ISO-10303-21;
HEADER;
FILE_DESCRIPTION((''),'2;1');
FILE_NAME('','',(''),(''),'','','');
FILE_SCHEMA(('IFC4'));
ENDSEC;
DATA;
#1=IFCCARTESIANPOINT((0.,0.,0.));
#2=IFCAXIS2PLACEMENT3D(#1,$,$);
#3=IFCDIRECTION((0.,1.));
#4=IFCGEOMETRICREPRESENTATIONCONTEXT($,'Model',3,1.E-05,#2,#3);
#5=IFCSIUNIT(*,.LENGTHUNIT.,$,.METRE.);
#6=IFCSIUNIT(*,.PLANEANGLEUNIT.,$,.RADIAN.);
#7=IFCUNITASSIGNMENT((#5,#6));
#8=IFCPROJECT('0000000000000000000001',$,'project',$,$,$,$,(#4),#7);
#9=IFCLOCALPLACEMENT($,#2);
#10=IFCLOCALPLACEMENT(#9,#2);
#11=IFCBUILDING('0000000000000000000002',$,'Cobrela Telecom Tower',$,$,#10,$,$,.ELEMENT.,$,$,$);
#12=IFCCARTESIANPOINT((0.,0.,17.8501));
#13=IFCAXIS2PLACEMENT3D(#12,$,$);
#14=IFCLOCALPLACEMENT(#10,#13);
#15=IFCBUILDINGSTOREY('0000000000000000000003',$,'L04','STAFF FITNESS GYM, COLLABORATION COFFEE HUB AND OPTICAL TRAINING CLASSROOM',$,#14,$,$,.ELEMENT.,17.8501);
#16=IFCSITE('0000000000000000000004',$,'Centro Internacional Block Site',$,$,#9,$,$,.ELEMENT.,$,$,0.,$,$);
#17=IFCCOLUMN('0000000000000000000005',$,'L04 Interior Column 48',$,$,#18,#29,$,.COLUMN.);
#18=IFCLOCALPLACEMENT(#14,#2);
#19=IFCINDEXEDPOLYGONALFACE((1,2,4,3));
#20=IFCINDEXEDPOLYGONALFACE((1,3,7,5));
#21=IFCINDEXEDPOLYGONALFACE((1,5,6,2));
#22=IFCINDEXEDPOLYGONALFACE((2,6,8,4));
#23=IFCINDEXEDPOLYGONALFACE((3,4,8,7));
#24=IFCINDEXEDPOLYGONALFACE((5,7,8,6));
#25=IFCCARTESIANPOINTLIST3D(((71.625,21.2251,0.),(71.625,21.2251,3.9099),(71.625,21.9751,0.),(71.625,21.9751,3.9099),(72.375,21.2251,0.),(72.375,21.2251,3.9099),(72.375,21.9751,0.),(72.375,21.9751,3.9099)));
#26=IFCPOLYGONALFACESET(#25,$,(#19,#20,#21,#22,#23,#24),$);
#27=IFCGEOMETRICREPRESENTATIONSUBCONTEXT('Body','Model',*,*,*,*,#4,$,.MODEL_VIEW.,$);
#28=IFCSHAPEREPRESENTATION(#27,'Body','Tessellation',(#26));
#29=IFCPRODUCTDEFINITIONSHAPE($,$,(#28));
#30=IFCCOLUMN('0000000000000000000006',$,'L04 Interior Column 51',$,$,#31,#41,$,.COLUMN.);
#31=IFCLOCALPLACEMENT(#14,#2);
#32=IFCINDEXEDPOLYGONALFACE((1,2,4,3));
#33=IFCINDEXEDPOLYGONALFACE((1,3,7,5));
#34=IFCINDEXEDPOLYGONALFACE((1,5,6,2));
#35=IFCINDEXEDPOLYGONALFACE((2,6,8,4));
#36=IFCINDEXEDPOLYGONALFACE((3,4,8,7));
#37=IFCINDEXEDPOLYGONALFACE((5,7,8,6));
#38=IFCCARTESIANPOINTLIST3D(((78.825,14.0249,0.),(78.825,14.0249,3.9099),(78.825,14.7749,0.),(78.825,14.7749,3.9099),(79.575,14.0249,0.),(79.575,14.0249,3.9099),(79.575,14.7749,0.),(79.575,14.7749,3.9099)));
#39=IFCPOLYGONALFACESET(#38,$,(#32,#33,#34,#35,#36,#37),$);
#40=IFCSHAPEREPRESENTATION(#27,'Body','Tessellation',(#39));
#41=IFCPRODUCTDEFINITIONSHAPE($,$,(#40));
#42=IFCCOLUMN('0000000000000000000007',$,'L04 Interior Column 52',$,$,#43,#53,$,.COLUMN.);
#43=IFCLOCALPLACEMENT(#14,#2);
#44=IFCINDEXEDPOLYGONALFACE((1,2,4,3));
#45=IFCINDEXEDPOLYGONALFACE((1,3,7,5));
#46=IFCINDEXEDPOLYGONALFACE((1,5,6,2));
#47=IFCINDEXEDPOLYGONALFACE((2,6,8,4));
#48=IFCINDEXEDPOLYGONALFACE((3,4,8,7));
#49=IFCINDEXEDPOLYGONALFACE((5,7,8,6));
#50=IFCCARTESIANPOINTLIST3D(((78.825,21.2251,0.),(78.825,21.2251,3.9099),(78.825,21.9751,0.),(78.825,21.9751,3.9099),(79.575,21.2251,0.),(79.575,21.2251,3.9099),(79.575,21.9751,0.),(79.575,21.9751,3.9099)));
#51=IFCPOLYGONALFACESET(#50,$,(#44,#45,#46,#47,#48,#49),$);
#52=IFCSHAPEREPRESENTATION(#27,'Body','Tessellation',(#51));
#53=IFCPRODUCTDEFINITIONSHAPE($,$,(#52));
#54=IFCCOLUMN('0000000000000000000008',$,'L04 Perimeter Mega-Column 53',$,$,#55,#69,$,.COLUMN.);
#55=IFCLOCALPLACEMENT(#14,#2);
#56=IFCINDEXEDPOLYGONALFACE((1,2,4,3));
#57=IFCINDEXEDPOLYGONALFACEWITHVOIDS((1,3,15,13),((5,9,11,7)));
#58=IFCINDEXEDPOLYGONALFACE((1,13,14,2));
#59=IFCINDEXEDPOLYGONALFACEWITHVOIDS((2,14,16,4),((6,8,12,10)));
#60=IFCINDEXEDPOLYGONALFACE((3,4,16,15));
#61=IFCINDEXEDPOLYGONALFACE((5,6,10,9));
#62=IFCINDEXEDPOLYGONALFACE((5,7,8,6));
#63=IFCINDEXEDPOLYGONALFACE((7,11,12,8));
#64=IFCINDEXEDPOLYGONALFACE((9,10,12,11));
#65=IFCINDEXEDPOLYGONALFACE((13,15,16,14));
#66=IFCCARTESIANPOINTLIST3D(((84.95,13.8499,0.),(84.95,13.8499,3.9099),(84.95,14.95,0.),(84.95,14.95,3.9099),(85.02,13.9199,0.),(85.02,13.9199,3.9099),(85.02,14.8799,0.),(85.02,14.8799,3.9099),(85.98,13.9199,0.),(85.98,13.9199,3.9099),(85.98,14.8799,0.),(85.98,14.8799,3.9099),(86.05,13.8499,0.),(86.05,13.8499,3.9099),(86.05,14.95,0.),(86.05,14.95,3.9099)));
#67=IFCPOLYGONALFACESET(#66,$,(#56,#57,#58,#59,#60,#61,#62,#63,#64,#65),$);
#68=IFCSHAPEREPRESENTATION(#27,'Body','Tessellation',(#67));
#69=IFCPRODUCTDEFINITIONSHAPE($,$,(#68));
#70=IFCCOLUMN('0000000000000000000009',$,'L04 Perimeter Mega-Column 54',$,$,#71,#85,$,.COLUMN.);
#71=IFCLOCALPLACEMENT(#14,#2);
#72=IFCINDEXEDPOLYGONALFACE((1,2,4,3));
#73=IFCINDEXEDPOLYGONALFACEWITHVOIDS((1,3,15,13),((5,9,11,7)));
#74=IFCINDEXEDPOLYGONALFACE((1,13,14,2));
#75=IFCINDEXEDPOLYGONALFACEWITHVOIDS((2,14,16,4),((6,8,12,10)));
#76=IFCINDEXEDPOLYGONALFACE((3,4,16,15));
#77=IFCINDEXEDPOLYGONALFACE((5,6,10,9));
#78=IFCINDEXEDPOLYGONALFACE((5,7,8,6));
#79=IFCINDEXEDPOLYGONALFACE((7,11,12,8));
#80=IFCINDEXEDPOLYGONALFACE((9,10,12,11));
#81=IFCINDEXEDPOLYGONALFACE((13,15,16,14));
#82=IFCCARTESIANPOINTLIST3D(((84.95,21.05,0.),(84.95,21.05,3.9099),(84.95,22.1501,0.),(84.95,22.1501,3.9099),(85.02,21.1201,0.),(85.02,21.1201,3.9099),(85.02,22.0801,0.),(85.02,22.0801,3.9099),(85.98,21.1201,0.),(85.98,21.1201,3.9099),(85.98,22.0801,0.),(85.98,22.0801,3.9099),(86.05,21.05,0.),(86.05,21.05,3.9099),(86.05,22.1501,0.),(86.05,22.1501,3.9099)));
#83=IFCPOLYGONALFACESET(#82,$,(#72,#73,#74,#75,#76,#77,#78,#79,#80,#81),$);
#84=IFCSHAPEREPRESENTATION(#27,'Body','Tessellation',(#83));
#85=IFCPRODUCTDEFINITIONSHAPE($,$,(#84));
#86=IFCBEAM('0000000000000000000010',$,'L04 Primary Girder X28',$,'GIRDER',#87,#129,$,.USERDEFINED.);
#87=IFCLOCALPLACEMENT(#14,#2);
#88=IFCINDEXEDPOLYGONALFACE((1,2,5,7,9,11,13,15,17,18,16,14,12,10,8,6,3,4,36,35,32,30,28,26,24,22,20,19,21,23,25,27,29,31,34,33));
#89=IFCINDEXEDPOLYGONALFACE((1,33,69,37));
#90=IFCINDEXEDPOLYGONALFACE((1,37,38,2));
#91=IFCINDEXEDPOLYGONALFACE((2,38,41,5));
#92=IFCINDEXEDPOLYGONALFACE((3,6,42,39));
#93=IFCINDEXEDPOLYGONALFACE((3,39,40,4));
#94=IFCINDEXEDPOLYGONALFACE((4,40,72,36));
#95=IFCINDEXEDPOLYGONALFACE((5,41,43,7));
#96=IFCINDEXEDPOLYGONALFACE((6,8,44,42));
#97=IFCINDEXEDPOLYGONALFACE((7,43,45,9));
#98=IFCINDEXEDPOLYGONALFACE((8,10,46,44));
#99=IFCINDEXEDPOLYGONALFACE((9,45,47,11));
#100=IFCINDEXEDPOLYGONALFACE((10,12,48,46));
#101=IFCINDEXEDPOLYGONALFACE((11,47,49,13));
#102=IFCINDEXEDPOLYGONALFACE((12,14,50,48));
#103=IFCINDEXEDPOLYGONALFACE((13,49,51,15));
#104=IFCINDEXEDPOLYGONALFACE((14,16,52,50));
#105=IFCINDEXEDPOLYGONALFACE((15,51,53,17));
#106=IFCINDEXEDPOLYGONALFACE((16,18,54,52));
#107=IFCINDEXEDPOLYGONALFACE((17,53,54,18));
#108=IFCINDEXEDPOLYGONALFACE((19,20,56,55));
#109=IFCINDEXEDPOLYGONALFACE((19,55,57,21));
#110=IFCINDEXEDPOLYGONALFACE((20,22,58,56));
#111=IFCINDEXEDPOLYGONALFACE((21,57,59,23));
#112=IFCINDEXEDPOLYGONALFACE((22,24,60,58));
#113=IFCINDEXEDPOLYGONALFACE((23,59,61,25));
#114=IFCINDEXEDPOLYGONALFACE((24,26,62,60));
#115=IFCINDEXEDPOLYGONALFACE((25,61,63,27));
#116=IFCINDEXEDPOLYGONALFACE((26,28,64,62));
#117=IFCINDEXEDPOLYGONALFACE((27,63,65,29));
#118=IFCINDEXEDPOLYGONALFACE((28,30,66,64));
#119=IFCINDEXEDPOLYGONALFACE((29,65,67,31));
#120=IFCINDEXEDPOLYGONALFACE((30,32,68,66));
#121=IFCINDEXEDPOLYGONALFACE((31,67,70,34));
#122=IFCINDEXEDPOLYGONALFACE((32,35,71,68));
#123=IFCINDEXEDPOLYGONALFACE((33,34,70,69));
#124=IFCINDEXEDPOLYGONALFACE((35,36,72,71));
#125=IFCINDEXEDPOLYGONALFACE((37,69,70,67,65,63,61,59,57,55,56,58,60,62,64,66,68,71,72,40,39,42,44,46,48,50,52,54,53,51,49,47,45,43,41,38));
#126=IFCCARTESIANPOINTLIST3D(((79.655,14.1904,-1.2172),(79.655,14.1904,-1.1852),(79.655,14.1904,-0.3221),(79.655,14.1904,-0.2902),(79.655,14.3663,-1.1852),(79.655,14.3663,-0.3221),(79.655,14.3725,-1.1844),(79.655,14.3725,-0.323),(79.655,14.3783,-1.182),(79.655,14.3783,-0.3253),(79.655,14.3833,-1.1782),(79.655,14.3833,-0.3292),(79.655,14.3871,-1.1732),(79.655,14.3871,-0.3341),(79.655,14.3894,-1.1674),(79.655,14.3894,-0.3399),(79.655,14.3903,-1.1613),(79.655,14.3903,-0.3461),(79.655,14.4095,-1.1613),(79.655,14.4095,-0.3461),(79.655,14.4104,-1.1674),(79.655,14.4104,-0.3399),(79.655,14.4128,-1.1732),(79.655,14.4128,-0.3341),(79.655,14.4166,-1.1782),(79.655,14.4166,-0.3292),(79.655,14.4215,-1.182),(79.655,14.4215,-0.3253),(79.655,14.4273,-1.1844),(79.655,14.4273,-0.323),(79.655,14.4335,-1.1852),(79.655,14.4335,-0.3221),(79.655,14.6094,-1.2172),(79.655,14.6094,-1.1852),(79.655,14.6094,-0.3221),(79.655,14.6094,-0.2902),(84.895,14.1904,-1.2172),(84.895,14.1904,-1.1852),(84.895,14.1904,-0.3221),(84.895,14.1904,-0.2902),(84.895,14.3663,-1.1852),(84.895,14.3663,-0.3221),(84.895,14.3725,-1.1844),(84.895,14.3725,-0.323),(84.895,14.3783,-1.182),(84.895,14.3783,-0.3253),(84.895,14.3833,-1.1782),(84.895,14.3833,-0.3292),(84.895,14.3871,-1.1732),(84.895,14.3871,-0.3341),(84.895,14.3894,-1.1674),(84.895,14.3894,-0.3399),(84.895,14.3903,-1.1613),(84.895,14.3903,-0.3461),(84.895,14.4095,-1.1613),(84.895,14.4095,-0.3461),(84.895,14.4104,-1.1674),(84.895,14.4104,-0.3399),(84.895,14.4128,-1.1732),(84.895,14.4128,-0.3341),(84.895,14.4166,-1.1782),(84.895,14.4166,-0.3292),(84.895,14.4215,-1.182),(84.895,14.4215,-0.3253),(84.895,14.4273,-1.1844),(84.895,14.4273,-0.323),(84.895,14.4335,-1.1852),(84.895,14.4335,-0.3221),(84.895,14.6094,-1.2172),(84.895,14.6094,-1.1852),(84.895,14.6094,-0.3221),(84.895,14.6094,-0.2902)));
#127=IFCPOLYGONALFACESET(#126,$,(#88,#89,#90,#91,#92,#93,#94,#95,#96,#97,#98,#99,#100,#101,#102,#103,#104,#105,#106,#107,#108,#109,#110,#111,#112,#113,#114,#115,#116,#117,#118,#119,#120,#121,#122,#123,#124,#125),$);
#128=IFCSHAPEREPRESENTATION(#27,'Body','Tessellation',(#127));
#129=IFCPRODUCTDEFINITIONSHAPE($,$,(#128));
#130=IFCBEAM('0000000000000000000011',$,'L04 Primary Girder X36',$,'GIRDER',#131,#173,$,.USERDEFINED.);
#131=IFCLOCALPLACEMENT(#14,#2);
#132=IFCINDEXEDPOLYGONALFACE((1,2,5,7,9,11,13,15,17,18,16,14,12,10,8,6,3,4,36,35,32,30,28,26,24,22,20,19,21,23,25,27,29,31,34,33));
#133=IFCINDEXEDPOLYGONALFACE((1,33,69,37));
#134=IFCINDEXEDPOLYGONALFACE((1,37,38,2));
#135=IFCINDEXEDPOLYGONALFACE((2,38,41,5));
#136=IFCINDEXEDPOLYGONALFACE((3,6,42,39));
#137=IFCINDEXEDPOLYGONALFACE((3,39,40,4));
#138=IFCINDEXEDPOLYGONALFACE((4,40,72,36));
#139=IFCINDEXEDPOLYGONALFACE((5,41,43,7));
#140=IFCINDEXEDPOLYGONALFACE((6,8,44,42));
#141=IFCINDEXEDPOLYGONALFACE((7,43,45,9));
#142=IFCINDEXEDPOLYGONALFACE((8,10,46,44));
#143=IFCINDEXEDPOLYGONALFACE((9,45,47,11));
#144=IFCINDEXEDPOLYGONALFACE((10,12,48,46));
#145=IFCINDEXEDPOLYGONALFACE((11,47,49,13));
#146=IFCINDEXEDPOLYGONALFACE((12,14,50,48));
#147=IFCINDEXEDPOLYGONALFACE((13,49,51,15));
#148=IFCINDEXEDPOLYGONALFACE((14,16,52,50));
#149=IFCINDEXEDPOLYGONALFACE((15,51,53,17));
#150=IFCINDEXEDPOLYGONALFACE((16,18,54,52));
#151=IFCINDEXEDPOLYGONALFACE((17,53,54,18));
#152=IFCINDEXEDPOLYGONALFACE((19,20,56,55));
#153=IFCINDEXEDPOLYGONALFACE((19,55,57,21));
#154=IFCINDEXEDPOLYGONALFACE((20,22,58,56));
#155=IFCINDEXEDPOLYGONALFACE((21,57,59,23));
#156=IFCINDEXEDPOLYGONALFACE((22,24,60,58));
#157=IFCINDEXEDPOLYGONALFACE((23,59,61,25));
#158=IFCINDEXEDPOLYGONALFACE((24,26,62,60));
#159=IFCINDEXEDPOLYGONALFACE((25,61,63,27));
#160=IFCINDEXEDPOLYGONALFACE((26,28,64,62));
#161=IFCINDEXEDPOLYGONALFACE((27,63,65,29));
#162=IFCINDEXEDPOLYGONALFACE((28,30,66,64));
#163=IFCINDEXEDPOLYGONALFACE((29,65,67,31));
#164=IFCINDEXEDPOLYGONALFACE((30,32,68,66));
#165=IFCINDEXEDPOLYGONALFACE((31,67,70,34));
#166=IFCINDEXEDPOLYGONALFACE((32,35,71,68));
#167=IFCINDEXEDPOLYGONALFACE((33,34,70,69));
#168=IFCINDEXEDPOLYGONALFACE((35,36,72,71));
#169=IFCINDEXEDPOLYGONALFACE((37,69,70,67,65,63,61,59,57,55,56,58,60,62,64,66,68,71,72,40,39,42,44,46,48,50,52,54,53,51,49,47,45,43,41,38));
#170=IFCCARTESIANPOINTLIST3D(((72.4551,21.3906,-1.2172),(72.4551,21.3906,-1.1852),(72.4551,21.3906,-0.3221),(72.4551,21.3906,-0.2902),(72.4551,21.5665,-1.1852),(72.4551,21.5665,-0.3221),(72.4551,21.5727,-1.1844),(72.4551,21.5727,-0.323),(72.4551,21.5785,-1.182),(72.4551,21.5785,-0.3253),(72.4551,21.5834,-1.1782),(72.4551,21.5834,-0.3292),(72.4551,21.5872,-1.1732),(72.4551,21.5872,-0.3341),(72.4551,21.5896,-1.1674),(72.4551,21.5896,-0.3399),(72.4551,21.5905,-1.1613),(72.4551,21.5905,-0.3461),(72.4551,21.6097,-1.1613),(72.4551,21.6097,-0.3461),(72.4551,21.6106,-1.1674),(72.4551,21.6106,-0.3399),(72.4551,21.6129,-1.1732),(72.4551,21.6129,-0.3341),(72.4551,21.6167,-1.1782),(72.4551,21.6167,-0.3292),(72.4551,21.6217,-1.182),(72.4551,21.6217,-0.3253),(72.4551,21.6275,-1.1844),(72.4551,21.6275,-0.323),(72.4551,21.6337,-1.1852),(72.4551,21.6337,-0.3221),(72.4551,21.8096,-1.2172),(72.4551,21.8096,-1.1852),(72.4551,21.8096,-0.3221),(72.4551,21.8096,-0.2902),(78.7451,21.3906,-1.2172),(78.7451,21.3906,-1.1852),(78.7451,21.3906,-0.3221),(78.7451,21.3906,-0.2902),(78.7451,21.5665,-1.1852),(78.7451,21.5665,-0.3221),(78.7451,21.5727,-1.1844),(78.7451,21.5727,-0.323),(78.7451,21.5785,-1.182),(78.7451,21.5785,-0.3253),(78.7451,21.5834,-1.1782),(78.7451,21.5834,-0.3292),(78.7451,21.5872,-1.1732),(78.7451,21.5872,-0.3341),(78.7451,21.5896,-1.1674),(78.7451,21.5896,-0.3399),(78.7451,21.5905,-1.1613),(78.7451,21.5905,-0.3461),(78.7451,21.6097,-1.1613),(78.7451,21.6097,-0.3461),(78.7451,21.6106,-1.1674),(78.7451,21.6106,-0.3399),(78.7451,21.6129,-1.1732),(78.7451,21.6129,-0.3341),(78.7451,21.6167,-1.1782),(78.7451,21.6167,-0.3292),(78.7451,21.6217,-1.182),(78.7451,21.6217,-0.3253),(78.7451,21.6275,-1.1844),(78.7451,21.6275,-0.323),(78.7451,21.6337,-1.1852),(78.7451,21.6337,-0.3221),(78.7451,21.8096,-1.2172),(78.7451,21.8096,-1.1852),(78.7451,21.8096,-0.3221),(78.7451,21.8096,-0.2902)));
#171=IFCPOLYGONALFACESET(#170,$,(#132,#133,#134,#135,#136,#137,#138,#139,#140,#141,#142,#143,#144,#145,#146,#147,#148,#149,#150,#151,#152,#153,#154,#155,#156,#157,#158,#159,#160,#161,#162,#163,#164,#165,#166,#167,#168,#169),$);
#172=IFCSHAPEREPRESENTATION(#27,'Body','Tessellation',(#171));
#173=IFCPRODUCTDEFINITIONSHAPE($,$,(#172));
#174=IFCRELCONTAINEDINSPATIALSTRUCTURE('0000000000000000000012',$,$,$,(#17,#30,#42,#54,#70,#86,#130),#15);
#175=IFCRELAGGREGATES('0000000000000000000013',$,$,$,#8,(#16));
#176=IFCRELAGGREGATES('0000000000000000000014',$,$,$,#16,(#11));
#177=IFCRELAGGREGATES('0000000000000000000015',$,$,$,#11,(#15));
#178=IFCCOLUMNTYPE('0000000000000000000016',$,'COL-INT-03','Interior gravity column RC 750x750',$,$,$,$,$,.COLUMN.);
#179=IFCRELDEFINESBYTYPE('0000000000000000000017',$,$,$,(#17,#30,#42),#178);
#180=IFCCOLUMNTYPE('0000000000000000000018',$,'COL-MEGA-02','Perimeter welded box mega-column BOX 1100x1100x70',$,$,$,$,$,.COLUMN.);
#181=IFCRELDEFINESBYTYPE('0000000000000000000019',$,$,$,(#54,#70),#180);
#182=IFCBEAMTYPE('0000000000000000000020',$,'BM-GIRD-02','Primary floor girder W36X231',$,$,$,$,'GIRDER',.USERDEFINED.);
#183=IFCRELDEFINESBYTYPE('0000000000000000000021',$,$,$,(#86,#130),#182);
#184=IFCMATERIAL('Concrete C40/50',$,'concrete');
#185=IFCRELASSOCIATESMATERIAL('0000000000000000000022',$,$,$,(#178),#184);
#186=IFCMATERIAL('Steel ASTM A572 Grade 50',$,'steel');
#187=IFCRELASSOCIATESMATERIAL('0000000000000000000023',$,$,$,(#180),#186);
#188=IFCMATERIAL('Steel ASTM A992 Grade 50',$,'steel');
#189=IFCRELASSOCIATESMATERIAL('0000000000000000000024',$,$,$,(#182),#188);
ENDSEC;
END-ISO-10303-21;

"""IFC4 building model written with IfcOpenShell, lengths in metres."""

from ifc_helpers import new_model, si_unit, direction, frame, origin, origin_2d, place, context, subcontext, project, spatial, rectangle, hollow_rectangle, i_section, extrude, material, material_profile, profile_set, type_object, element, save


model = new_model("IFC4")

# Units and contexts
model_context = context("Model", 3, precision=1e-05, world=origin(), true_north=direction((0.0, 1.0)))
body_context = subcontext(model_context, "Body", "Model", "MODEL_VIEW")
ifc_project = project(units=[si_unit("LENGTHUNIT", "METRE"), si_unit("PLANEANGLEUNIT", "RADIAN")], contexts=[model_context])

# Site, building, storey
site_placement = place(None, origin())
site = spatial("IfcSite", under=ifc_project, at=site_placement, Name="Centro Internacional Block Site", CompositionType="ELEMENT", RefElevation=0.0)
building_placement = place(site_placement, origin())
building = spatial("IfcBuilding", under=site, at=building_placement, Name="Cobrela Telecom Tower", CompositionType="ELEMENT")
storey_placement = place(building_placement, frame((0.0, 0.0, 17.8501)))
storey = spatial("IfcBuildingStorey", under=building, at=storey_placement, Name="L04", Description="STAFF FITNESS GYM, COLLABORATION COFFEE HUB AND OPTICAL TRAINING CLASSROOM", CompositionType="ELEMENT", Elevation=17.8501)

# Columns
ifc_material_1 = material(Name="Concrete C40/50", Category="concrete")
ifc_material_profile_1 = material_profile(ifc_material_1, rectangle(XDim=0.75, YDim=0.75, at=origin_2d()), Name="RC 750x750")
ifc_profile_set_1 = profile_set([ifc_material_profile_1], Name="Concrete C40/50")
column_type_1 = type_object("IfcColumnType", Name="COL-INT-03", Description="Interior gravity column RC 750x750", PredefinedType="COLUMN", material=ifc_profile_set_1)
for number, where, z_axis, x_axis, name in (
    (1, (72.0, 21.6001, 0.0), (0.0, 0.0, 1.0), (1.0, 0.0, 0.0), "L04 Interior Column 48"),
    (2, (79.2, 14.3999, 0.0), (0.0, 0.0, 1.0), (1.0, 0.0, 0.0), "L04 Interior Column 51"),
    (3, (79.2, 21.6001, 0.0), (0.0, 0.0, 1.0), (1.0, 0.0, 0.0), "L04 Interior Column 52"),
):
    element("IfcColumn", number, at=place(storey_placement, frame(where, z_axis=z_axis, x_axis=x_axis)), inside=storey, type_object=column_type_1, Name=name, PredefinedType="COLUMN", context=body_context, shape_type="SweptSolid", body=[
        extrude(rectangle(XDim=0.75, YDim=0.75, at=origin_2d()), origin(), (0.0, 0.0, 1.0), 3.9099),
    ])
ifc_material_2 = material(Name="Steel ASTM A572 Grade 50", Category="steel")
ifc_material_profile_2 = material_profile(ifc_material_2, hollow_rectangle(XDim=1.1001, YDim=1.1001, WallThickness=0.0701, at=origin_2d()), Name="BOX 1100x1100x70")
ifc_profile_set_2 = profile_set([ifc_material_profile_2], Name="Steel ASTM A572 Grade 50")
column_type_2 = type_object("IfcColumnType", Name="COL-MEGA-02", Description="Perimeter welded box mega-column BOX 1100x1100x70", PredefinedType="COLUMN", material=ifc_profile_set_2)
for number, where, z_axis, x_axis, name in (
    (4, (85.5, 14.3999, 0.0), (0.0, 0.0, 1.0), (1.0, 0.0, 0.0), "L04 Perimeter Mega-Column 53"),
    (5, (85.5, 21.6001, 0.0), (0.0, 0.0, 1.0), (1.0, 0.0, 0.0), "L04 Perimeter Mega-Column 54"),
):
    element("IfcColumn", number, at=place(storey_placement, frame(where, z_axis=z_axis, x_axis=x_axis)), inside=storey, type_object=column_type_2, Name=name, PredefinedType="COLUMN", context=body_context, shape_type="SweptSolid", body=[
        extrude(hollow_rectangle(XDim=1.1001, YDim=1.1001, WallThickness=0.0701, at=origin_2d()), origin(), (0.0, 0.0, 1.0), 3.9099),
    ])

# Beams
ifc_material_3 = material(Name="Steel ASTM A992 Grade 50", Category="steel")
ifc_material_profile_3 = material_profile(ifc_material_3, i_section(OverallWidth=0.4189, OverallDepth=0.927, WebThickness=0.0193, FlangeThickness=0.032, FilletRadius=0.0239, at=origin_2d()), Name="W36X231")
ifc_profile_set_3 = profile_set([ifc_material_profile_3], Name="Steel ASTM A992 Grade 50")
beam_type_1 = type_object("IfcBeamType", Name="BM-GIRD-02", Description="Primary floor girder W36X231", ElementType="GIRDER", PredefinedType="USERDEFINED", material=ifc_profile_set_3)
beam_1_placement = place(storey_placement, frame((79.655, 14.3999, -0.7537), z_axis=(1.0, 0.0, 0.0), x_axis=(0.0, 1.0, 0.0)))
element("IfcBeam", 6, at=beam_1_placement, inside=storey, type_object=beam_type_1, Name="L04 Primary Girder X28", ObjectType="GIRDER", PredefinedType="USERDEFINED", context=body_context, shape_type="SweptSolid", body=[
    extrude(i_section(OverallWidth=0.4189, OverallDepth=0.927, WebThickness=0.0193, FlangeThickness=0.032, FilletRadius=0.0239, at=origin_2d()), origin(), (0.0, 0.0, 1.0), 5.24),
])
beam_2_placement = place(storey_placement, frame((72.4551, 21.6001, -0.7537), z_axis=(1.0, 0.0, 0.0), x_axis=(0.0, 1.0, 0.0)))
element("IfcBeam", 7, at=beam_2_placement, inside=storey, type_object=beam_type_1, Name="L04 Primary Girder X36", ObjectType="GIRDER", PredefinedType="USERDEFINED", context=body_context, shape_type="SweptSolid", body=[
    extrude(i_section(OverallWidth=0.4189, OverallDepth=0.927, WebThickness=0.0193, FlangeThickness=0.032, FilletRadius=0.0239, at=origin_2d()), origin(), (0.0, 0.0, 1.0), 6.29),
])

save(model, "model.ifc")
